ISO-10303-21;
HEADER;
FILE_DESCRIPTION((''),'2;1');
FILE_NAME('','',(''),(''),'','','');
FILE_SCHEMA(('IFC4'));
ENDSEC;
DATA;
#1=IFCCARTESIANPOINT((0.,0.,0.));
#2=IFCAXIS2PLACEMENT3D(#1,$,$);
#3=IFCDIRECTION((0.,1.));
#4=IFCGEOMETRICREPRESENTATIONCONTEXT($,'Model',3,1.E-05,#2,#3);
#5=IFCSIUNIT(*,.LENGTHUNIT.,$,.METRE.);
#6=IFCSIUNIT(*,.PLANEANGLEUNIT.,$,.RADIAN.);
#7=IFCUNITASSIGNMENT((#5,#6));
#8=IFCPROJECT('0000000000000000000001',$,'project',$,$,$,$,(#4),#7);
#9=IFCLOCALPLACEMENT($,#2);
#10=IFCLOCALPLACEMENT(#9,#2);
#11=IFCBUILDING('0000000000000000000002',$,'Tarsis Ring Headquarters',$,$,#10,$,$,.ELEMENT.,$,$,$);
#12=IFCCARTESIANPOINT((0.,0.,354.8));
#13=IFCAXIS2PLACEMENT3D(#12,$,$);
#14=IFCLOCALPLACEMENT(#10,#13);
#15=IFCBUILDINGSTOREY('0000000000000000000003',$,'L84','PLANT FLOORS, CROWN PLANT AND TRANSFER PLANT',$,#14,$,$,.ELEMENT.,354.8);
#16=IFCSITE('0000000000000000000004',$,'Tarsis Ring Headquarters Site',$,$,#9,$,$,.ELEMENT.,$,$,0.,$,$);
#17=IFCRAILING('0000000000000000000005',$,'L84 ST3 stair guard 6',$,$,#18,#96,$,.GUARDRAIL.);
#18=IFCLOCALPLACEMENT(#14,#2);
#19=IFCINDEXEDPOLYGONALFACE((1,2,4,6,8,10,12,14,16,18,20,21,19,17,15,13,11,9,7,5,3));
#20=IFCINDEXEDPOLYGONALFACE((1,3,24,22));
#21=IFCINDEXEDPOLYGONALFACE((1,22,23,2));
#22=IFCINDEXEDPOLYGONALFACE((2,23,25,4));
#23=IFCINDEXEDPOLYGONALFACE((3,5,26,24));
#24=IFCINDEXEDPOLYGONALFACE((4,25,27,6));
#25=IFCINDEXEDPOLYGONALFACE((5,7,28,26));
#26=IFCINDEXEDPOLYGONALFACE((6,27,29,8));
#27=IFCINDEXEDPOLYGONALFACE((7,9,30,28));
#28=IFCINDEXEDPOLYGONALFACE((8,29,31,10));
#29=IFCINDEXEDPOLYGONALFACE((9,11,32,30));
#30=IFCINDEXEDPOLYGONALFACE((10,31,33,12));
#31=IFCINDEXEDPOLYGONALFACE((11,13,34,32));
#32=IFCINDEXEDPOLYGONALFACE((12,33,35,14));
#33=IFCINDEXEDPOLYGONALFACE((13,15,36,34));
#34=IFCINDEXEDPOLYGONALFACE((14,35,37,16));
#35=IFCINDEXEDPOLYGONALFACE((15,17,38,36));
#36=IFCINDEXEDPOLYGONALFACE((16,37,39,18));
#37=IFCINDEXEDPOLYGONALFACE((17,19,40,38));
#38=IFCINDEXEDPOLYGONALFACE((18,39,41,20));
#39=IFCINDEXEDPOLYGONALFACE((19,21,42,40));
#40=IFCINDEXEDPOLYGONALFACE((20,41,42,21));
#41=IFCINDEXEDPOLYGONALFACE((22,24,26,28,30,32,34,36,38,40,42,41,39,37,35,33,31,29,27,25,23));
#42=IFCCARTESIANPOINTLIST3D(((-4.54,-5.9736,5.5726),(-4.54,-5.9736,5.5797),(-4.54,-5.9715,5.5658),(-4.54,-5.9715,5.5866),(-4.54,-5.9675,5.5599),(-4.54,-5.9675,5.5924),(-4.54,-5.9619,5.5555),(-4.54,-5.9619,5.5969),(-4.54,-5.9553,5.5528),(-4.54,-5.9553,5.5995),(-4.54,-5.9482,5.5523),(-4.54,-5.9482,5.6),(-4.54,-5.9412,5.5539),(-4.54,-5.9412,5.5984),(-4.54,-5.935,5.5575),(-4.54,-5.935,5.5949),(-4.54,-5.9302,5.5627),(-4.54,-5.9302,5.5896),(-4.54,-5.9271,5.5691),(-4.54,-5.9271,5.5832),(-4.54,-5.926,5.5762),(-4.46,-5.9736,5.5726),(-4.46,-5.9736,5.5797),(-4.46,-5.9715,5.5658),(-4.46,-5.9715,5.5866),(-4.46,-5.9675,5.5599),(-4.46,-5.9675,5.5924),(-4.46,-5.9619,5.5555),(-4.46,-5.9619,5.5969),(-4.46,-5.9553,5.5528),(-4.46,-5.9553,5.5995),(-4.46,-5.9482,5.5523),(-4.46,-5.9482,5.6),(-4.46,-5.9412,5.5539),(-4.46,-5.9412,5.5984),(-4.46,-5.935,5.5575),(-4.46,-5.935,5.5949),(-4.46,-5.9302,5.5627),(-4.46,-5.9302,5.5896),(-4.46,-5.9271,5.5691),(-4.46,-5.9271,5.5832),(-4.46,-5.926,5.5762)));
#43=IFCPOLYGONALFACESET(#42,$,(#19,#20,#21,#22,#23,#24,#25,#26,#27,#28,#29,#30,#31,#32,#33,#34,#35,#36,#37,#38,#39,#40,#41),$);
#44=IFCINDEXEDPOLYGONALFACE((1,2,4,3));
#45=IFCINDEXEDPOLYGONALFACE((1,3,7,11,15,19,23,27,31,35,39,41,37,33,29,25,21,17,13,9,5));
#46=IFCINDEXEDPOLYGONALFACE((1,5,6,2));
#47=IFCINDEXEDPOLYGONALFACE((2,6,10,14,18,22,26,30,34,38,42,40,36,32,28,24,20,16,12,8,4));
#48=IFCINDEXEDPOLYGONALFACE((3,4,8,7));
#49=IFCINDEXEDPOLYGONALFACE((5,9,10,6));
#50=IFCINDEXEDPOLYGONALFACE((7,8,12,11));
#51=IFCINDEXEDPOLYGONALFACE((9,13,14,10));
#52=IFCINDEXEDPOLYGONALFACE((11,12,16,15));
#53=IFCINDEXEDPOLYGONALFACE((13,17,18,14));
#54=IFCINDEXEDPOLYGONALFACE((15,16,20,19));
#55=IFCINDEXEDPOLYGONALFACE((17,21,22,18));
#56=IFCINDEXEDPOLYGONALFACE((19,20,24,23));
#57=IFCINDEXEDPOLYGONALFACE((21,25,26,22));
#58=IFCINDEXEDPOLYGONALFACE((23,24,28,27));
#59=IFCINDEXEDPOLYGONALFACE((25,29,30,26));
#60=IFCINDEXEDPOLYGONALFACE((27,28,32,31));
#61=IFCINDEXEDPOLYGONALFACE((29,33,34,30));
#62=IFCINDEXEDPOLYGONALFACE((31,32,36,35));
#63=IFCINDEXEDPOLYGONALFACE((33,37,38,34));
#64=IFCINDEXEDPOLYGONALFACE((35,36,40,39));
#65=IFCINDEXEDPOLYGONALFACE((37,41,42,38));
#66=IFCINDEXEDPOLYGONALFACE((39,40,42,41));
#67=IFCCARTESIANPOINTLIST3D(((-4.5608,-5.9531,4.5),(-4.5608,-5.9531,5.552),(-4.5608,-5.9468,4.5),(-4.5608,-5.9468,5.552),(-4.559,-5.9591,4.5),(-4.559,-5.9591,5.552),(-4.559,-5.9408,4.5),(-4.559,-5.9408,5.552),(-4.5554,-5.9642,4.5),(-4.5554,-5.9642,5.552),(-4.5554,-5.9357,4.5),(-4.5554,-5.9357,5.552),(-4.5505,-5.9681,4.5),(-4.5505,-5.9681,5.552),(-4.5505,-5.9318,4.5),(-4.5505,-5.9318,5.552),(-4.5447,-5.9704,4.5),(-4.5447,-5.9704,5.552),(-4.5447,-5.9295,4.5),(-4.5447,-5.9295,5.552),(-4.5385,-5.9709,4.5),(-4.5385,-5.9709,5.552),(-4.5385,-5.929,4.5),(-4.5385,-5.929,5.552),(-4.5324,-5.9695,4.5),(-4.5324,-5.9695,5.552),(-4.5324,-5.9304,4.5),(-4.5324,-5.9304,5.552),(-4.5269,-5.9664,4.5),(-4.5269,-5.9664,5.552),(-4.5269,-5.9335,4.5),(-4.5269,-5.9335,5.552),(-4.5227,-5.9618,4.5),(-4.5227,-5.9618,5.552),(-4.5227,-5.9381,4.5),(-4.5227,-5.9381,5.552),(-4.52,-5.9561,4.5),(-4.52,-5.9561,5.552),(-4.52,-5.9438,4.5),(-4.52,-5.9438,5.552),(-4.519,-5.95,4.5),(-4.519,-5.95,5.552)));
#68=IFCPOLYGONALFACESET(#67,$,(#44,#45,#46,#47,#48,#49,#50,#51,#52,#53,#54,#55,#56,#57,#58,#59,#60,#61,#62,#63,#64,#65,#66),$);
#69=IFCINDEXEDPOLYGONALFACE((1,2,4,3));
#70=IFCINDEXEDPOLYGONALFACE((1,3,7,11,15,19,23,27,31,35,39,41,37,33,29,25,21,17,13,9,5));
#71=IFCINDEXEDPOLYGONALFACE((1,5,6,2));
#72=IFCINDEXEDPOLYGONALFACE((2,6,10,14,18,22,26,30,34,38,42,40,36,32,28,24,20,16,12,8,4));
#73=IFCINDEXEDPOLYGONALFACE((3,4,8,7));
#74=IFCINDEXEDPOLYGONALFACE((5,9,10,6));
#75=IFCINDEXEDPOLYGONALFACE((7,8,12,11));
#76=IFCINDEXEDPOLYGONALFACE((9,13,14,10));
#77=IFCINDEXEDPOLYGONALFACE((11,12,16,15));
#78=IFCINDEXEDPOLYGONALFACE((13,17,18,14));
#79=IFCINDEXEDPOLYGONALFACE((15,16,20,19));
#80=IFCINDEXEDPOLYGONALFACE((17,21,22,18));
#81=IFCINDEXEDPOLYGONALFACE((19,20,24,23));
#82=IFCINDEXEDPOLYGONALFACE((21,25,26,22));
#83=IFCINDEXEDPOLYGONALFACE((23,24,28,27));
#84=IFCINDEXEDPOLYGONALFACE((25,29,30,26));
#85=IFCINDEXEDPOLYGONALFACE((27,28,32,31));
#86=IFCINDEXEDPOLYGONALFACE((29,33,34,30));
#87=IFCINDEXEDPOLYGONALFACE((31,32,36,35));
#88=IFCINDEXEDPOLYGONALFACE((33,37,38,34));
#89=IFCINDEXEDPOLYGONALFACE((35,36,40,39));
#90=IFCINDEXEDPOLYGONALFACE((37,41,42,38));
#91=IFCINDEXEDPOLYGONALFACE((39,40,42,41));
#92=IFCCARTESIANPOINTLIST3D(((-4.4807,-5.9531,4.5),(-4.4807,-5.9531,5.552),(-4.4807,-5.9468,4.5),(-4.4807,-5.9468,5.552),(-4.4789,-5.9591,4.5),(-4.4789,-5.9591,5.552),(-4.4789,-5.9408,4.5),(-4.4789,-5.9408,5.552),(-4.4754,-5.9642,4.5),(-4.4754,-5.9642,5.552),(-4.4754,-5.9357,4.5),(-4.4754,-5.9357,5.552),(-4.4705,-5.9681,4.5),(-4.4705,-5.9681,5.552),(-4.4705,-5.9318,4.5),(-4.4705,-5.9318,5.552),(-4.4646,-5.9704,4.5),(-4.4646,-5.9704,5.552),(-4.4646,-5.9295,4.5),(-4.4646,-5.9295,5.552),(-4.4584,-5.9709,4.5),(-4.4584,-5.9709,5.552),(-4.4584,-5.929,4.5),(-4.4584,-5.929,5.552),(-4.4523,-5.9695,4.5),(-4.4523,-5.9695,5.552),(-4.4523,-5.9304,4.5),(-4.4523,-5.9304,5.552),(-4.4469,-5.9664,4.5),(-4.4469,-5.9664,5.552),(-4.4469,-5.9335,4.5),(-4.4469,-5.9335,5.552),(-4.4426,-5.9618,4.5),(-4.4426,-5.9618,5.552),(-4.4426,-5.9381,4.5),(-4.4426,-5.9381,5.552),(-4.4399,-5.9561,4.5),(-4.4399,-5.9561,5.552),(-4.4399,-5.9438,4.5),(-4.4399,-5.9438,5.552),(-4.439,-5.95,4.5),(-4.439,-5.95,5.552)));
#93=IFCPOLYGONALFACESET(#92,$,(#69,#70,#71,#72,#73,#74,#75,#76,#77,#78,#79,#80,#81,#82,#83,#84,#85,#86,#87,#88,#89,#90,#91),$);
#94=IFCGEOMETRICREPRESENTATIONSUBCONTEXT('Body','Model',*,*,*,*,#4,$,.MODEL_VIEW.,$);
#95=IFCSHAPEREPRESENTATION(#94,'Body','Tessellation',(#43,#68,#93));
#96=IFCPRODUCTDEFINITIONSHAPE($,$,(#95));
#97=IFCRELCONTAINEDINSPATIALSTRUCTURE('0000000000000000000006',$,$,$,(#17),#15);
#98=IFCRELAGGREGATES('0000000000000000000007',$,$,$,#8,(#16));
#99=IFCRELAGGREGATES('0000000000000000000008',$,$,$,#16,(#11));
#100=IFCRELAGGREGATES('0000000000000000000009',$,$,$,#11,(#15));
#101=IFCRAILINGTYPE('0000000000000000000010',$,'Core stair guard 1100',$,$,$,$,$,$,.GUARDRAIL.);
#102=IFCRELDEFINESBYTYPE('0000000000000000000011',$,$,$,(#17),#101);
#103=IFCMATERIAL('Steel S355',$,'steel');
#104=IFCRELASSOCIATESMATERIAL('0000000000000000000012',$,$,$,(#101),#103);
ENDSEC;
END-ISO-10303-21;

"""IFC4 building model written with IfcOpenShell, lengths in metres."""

from ifc_helpers import new_model, si_unit, direction, frame, origin, origin_2d, place, context, subcontext, project, spatial, circle, extrude, material, type_object, element, save


model = new_model("IFC4")

# Units and contexts
model_context = context("Model", 3, precision=1e-05, world=origin(), true_north=direction((0.0, 1.0)))
body_context = subcontext(model_context, "Body", "Model", "MODEL_VIEW")
ifc_project = project(units=[si_unit("LENGTHUNIT", "METRE"), si_unit("PLANEANGLEUNIT", "RADIAN")], contexts=[model_context])

# Site, building, storey
site_placement = place(None, origin())
site = spatial("IfcSite", under=ifc_project, at=site_placement, Name="Tarsis Ring Headquarters Site", CompositionType="ELEMENT", RefElevation=0.0)
building_placement = place(site_placement, origin())
building = spatial("IfcBuilding", under=site, at=building_placement, Name="Tarsis Ring Headquarters", CompositionType="ELEMENT")
storey_placement = place(building_placement, frame((0.0, 0.0, 354.8)))
storey = spatial("IfcBuildingStorey", under=building, at=storey_placement, Name="L84", Description="PLANT FLOORS, CROWN PLANT AND TRANSFER PLANT", CompositionType="ELEMENT", Elevation=354.8)

# Railing
ifc_material_1 = material(Name="Steel S355", Category="steel")
railing_type_1 = type_object("IfcRailingType", Name="Core stair guard 1100", PredefinedType="GUARDRAIL", material=ifc_material_1)
railing_1_placement = place(storey_placement, frame((-4.54, -5.95, 4.5)))
element("IfcRailing", 1, at=railing_1_placement, inside=storey, type_object=railing_type_1, Name="L84 ST3 stair guard 6", PredefinedType="GUARDRAIL", context=body_context, shape_type="SweptSolid", body=[
    extrude(circle(Radius=0.0239, at=origin_2d()), frame((0.0, 0.0, 1.0762), z_axis=(1.0, 0.0, 0.0), x_axis=(0.0, 1.0, 0.0)), (0.0, 0.0, 1.0), 0.0801),
    extrude(circle(Radius=0.021, at=origin_2d()), origin(), (0.0, 0.0, 1.0), 1.052),
    extrude(circle(Radius=0.021, at=origin_2d()), frame((0.0801, 0.0, 0.0)), (0.0, 0.0, 1.0), 1.052),
])

save(model, "model.ifc")
